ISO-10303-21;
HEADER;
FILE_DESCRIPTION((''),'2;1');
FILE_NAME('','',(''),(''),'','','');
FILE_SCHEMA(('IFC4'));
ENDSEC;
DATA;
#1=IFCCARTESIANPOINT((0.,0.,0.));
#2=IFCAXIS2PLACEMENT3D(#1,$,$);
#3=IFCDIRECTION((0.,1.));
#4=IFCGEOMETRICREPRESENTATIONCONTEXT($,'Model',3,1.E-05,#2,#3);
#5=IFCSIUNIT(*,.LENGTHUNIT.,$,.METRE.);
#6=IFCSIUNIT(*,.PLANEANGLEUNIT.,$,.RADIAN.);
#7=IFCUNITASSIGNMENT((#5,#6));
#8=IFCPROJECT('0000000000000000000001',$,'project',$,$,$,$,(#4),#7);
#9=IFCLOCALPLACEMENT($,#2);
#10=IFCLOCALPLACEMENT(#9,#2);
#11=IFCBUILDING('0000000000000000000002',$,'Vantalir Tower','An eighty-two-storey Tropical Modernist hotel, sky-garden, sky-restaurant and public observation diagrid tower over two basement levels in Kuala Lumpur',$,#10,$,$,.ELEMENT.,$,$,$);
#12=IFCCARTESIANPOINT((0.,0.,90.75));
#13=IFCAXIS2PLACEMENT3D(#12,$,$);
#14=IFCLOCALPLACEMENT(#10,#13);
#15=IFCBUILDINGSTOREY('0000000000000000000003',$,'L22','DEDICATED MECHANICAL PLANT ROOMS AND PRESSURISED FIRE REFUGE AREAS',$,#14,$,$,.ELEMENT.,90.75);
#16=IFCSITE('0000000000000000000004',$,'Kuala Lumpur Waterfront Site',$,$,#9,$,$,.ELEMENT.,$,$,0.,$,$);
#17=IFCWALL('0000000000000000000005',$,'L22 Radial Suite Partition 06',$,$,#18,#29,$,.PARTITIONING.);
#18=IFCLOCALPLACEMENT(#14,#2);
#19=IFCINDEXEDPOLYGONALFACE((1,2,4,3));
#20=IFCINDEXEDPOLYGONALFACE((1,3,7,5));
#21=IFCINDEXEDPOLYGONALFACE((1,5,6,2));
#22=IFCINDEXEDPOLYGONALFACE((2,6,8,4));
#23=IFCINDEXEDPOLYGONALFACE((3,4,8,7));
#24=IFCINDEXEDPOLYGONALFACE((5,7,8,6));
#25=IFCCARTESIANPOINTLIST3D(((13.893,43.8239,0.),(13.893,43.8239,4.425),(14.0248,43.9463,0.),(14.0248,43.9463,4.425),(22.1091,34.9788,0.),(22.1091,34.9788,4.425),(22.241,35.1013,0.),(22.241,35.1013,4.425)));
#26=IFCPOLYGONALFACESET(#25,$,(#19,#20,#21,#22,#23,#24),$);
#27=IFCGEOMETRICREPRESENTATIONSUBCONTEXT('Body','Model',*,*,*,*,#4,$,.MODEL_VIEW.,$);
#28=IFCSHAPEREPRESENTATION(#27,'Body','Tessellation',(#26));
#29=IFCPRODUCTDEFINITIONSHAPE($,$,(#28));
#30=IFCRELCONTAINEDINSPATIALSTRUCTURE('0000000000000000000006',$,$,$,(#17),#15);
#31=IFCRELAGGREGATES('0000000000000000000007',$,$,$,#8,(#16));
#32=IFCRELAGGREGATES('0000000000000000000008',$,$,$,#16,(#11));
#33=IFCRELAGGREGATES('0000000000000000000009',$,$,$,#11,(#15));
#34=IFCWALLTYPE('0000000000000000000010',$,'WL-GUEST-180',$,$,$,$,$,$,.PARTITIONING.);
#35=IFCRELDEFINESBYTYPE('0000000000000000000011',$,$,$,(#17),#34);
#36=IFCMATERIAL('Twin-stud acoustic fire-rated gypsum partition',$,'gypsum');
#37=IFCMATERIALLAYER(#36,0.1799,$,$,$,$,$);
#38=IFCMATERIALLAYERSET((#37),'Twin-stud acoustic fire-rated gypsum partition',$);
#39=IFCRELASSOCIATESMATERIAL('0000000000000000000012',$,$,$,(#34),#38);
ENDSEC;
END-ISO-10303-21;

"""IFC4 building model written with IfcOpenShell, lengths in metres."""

from ifc_helpers import new_model, si_unit, direction, frame, frame_2d, origin, place, context, subcontext, project, spatial, rectangle, extrude, material, layer, layer_set, type_object, element, save


model = new_model("IFC4")

# Units and contexts
model_context = context("Model", 3, precision=1e-05, world=origin(), true_north=direction((0.0, 1.0)))
body_context = subcontext(model_context, "Body", "Model", "MODEL_VIEW")
ifc_project = project(units=[si_unit("LENGTHUNIT", "METRE"), si_unit("PLANEANGLEUNIT", "RADIAN")], contexts=[model_context])

# Site, building, storey
site_placement = place(None, origin())
site = spatial("IfcSite", under=ifc_project, at=site_placement, Name="Kuala Lumpur Waterfront Site", CompositionType="ELEMENT", RefElevation=0.0)
building_placement = place(site_placement, origin())
building = spatial("IfcBuilding", under=site, at=building_placement, Name="Vantalir Tower", Description="An eighty-two-storey Tropical Modernist hotel, sky-garden, sky-restaurant and public observation diagrid tower over two basement levels in Kuala Lumpur", CompositionType="ELEMENT")
storey_placement = place(building_placement, frame((0.0, 0.0, 90.75)))
storey = spatial("IfcBuildingStorey", under=building, at=storey_placement, Name="L22", Description="DEDICATED MECHANICAL PLANT ROOMS AND PRESSURISED FIRE REFUGE AREAS", CompositionType="ELEMENT", Elevation=90.75)

# Wall
ifc_material_1 = material(Name="Twin-stud acoustic fire-rated gypsum partition", Category="gypsum")
ifc_layer_1 = layer(ifc_material_1, 0.1799)
ifc_layer_set_1 = layer_set([ifc_layer_1], Name="Twin-stud acoustic fire-rated gypsum partition")
wall_type_1 = type_object("IfcWallType", Name="WL-GUEST-180", PredefinedType="PARTITIONING", material=ifc_layer_set_1)
wall_1_placement = place(storey_placement, frame((22.175, 35.04, 0.0), z_axis=(0.0, 0.0, 1.0), x_axis=(-0.680579, 0.732675, 0.0)))
element("IfcWall", 1, at=wall_1_placement, inside=storey, type_object=wall_type_1, Name="L22 Radial Suite Partition 06", PredefinedType="PARTITIONING", context=body_context, shape_type="SweptSolid", body=[
    extrude(rectangle(XDim=12.0723, YDim=0.1799, at=frame_2d((6.0361, 0.0))), origin(), (0.0, 0.0, 1.0), 4.425),
])

save(model, "model.ifc")
